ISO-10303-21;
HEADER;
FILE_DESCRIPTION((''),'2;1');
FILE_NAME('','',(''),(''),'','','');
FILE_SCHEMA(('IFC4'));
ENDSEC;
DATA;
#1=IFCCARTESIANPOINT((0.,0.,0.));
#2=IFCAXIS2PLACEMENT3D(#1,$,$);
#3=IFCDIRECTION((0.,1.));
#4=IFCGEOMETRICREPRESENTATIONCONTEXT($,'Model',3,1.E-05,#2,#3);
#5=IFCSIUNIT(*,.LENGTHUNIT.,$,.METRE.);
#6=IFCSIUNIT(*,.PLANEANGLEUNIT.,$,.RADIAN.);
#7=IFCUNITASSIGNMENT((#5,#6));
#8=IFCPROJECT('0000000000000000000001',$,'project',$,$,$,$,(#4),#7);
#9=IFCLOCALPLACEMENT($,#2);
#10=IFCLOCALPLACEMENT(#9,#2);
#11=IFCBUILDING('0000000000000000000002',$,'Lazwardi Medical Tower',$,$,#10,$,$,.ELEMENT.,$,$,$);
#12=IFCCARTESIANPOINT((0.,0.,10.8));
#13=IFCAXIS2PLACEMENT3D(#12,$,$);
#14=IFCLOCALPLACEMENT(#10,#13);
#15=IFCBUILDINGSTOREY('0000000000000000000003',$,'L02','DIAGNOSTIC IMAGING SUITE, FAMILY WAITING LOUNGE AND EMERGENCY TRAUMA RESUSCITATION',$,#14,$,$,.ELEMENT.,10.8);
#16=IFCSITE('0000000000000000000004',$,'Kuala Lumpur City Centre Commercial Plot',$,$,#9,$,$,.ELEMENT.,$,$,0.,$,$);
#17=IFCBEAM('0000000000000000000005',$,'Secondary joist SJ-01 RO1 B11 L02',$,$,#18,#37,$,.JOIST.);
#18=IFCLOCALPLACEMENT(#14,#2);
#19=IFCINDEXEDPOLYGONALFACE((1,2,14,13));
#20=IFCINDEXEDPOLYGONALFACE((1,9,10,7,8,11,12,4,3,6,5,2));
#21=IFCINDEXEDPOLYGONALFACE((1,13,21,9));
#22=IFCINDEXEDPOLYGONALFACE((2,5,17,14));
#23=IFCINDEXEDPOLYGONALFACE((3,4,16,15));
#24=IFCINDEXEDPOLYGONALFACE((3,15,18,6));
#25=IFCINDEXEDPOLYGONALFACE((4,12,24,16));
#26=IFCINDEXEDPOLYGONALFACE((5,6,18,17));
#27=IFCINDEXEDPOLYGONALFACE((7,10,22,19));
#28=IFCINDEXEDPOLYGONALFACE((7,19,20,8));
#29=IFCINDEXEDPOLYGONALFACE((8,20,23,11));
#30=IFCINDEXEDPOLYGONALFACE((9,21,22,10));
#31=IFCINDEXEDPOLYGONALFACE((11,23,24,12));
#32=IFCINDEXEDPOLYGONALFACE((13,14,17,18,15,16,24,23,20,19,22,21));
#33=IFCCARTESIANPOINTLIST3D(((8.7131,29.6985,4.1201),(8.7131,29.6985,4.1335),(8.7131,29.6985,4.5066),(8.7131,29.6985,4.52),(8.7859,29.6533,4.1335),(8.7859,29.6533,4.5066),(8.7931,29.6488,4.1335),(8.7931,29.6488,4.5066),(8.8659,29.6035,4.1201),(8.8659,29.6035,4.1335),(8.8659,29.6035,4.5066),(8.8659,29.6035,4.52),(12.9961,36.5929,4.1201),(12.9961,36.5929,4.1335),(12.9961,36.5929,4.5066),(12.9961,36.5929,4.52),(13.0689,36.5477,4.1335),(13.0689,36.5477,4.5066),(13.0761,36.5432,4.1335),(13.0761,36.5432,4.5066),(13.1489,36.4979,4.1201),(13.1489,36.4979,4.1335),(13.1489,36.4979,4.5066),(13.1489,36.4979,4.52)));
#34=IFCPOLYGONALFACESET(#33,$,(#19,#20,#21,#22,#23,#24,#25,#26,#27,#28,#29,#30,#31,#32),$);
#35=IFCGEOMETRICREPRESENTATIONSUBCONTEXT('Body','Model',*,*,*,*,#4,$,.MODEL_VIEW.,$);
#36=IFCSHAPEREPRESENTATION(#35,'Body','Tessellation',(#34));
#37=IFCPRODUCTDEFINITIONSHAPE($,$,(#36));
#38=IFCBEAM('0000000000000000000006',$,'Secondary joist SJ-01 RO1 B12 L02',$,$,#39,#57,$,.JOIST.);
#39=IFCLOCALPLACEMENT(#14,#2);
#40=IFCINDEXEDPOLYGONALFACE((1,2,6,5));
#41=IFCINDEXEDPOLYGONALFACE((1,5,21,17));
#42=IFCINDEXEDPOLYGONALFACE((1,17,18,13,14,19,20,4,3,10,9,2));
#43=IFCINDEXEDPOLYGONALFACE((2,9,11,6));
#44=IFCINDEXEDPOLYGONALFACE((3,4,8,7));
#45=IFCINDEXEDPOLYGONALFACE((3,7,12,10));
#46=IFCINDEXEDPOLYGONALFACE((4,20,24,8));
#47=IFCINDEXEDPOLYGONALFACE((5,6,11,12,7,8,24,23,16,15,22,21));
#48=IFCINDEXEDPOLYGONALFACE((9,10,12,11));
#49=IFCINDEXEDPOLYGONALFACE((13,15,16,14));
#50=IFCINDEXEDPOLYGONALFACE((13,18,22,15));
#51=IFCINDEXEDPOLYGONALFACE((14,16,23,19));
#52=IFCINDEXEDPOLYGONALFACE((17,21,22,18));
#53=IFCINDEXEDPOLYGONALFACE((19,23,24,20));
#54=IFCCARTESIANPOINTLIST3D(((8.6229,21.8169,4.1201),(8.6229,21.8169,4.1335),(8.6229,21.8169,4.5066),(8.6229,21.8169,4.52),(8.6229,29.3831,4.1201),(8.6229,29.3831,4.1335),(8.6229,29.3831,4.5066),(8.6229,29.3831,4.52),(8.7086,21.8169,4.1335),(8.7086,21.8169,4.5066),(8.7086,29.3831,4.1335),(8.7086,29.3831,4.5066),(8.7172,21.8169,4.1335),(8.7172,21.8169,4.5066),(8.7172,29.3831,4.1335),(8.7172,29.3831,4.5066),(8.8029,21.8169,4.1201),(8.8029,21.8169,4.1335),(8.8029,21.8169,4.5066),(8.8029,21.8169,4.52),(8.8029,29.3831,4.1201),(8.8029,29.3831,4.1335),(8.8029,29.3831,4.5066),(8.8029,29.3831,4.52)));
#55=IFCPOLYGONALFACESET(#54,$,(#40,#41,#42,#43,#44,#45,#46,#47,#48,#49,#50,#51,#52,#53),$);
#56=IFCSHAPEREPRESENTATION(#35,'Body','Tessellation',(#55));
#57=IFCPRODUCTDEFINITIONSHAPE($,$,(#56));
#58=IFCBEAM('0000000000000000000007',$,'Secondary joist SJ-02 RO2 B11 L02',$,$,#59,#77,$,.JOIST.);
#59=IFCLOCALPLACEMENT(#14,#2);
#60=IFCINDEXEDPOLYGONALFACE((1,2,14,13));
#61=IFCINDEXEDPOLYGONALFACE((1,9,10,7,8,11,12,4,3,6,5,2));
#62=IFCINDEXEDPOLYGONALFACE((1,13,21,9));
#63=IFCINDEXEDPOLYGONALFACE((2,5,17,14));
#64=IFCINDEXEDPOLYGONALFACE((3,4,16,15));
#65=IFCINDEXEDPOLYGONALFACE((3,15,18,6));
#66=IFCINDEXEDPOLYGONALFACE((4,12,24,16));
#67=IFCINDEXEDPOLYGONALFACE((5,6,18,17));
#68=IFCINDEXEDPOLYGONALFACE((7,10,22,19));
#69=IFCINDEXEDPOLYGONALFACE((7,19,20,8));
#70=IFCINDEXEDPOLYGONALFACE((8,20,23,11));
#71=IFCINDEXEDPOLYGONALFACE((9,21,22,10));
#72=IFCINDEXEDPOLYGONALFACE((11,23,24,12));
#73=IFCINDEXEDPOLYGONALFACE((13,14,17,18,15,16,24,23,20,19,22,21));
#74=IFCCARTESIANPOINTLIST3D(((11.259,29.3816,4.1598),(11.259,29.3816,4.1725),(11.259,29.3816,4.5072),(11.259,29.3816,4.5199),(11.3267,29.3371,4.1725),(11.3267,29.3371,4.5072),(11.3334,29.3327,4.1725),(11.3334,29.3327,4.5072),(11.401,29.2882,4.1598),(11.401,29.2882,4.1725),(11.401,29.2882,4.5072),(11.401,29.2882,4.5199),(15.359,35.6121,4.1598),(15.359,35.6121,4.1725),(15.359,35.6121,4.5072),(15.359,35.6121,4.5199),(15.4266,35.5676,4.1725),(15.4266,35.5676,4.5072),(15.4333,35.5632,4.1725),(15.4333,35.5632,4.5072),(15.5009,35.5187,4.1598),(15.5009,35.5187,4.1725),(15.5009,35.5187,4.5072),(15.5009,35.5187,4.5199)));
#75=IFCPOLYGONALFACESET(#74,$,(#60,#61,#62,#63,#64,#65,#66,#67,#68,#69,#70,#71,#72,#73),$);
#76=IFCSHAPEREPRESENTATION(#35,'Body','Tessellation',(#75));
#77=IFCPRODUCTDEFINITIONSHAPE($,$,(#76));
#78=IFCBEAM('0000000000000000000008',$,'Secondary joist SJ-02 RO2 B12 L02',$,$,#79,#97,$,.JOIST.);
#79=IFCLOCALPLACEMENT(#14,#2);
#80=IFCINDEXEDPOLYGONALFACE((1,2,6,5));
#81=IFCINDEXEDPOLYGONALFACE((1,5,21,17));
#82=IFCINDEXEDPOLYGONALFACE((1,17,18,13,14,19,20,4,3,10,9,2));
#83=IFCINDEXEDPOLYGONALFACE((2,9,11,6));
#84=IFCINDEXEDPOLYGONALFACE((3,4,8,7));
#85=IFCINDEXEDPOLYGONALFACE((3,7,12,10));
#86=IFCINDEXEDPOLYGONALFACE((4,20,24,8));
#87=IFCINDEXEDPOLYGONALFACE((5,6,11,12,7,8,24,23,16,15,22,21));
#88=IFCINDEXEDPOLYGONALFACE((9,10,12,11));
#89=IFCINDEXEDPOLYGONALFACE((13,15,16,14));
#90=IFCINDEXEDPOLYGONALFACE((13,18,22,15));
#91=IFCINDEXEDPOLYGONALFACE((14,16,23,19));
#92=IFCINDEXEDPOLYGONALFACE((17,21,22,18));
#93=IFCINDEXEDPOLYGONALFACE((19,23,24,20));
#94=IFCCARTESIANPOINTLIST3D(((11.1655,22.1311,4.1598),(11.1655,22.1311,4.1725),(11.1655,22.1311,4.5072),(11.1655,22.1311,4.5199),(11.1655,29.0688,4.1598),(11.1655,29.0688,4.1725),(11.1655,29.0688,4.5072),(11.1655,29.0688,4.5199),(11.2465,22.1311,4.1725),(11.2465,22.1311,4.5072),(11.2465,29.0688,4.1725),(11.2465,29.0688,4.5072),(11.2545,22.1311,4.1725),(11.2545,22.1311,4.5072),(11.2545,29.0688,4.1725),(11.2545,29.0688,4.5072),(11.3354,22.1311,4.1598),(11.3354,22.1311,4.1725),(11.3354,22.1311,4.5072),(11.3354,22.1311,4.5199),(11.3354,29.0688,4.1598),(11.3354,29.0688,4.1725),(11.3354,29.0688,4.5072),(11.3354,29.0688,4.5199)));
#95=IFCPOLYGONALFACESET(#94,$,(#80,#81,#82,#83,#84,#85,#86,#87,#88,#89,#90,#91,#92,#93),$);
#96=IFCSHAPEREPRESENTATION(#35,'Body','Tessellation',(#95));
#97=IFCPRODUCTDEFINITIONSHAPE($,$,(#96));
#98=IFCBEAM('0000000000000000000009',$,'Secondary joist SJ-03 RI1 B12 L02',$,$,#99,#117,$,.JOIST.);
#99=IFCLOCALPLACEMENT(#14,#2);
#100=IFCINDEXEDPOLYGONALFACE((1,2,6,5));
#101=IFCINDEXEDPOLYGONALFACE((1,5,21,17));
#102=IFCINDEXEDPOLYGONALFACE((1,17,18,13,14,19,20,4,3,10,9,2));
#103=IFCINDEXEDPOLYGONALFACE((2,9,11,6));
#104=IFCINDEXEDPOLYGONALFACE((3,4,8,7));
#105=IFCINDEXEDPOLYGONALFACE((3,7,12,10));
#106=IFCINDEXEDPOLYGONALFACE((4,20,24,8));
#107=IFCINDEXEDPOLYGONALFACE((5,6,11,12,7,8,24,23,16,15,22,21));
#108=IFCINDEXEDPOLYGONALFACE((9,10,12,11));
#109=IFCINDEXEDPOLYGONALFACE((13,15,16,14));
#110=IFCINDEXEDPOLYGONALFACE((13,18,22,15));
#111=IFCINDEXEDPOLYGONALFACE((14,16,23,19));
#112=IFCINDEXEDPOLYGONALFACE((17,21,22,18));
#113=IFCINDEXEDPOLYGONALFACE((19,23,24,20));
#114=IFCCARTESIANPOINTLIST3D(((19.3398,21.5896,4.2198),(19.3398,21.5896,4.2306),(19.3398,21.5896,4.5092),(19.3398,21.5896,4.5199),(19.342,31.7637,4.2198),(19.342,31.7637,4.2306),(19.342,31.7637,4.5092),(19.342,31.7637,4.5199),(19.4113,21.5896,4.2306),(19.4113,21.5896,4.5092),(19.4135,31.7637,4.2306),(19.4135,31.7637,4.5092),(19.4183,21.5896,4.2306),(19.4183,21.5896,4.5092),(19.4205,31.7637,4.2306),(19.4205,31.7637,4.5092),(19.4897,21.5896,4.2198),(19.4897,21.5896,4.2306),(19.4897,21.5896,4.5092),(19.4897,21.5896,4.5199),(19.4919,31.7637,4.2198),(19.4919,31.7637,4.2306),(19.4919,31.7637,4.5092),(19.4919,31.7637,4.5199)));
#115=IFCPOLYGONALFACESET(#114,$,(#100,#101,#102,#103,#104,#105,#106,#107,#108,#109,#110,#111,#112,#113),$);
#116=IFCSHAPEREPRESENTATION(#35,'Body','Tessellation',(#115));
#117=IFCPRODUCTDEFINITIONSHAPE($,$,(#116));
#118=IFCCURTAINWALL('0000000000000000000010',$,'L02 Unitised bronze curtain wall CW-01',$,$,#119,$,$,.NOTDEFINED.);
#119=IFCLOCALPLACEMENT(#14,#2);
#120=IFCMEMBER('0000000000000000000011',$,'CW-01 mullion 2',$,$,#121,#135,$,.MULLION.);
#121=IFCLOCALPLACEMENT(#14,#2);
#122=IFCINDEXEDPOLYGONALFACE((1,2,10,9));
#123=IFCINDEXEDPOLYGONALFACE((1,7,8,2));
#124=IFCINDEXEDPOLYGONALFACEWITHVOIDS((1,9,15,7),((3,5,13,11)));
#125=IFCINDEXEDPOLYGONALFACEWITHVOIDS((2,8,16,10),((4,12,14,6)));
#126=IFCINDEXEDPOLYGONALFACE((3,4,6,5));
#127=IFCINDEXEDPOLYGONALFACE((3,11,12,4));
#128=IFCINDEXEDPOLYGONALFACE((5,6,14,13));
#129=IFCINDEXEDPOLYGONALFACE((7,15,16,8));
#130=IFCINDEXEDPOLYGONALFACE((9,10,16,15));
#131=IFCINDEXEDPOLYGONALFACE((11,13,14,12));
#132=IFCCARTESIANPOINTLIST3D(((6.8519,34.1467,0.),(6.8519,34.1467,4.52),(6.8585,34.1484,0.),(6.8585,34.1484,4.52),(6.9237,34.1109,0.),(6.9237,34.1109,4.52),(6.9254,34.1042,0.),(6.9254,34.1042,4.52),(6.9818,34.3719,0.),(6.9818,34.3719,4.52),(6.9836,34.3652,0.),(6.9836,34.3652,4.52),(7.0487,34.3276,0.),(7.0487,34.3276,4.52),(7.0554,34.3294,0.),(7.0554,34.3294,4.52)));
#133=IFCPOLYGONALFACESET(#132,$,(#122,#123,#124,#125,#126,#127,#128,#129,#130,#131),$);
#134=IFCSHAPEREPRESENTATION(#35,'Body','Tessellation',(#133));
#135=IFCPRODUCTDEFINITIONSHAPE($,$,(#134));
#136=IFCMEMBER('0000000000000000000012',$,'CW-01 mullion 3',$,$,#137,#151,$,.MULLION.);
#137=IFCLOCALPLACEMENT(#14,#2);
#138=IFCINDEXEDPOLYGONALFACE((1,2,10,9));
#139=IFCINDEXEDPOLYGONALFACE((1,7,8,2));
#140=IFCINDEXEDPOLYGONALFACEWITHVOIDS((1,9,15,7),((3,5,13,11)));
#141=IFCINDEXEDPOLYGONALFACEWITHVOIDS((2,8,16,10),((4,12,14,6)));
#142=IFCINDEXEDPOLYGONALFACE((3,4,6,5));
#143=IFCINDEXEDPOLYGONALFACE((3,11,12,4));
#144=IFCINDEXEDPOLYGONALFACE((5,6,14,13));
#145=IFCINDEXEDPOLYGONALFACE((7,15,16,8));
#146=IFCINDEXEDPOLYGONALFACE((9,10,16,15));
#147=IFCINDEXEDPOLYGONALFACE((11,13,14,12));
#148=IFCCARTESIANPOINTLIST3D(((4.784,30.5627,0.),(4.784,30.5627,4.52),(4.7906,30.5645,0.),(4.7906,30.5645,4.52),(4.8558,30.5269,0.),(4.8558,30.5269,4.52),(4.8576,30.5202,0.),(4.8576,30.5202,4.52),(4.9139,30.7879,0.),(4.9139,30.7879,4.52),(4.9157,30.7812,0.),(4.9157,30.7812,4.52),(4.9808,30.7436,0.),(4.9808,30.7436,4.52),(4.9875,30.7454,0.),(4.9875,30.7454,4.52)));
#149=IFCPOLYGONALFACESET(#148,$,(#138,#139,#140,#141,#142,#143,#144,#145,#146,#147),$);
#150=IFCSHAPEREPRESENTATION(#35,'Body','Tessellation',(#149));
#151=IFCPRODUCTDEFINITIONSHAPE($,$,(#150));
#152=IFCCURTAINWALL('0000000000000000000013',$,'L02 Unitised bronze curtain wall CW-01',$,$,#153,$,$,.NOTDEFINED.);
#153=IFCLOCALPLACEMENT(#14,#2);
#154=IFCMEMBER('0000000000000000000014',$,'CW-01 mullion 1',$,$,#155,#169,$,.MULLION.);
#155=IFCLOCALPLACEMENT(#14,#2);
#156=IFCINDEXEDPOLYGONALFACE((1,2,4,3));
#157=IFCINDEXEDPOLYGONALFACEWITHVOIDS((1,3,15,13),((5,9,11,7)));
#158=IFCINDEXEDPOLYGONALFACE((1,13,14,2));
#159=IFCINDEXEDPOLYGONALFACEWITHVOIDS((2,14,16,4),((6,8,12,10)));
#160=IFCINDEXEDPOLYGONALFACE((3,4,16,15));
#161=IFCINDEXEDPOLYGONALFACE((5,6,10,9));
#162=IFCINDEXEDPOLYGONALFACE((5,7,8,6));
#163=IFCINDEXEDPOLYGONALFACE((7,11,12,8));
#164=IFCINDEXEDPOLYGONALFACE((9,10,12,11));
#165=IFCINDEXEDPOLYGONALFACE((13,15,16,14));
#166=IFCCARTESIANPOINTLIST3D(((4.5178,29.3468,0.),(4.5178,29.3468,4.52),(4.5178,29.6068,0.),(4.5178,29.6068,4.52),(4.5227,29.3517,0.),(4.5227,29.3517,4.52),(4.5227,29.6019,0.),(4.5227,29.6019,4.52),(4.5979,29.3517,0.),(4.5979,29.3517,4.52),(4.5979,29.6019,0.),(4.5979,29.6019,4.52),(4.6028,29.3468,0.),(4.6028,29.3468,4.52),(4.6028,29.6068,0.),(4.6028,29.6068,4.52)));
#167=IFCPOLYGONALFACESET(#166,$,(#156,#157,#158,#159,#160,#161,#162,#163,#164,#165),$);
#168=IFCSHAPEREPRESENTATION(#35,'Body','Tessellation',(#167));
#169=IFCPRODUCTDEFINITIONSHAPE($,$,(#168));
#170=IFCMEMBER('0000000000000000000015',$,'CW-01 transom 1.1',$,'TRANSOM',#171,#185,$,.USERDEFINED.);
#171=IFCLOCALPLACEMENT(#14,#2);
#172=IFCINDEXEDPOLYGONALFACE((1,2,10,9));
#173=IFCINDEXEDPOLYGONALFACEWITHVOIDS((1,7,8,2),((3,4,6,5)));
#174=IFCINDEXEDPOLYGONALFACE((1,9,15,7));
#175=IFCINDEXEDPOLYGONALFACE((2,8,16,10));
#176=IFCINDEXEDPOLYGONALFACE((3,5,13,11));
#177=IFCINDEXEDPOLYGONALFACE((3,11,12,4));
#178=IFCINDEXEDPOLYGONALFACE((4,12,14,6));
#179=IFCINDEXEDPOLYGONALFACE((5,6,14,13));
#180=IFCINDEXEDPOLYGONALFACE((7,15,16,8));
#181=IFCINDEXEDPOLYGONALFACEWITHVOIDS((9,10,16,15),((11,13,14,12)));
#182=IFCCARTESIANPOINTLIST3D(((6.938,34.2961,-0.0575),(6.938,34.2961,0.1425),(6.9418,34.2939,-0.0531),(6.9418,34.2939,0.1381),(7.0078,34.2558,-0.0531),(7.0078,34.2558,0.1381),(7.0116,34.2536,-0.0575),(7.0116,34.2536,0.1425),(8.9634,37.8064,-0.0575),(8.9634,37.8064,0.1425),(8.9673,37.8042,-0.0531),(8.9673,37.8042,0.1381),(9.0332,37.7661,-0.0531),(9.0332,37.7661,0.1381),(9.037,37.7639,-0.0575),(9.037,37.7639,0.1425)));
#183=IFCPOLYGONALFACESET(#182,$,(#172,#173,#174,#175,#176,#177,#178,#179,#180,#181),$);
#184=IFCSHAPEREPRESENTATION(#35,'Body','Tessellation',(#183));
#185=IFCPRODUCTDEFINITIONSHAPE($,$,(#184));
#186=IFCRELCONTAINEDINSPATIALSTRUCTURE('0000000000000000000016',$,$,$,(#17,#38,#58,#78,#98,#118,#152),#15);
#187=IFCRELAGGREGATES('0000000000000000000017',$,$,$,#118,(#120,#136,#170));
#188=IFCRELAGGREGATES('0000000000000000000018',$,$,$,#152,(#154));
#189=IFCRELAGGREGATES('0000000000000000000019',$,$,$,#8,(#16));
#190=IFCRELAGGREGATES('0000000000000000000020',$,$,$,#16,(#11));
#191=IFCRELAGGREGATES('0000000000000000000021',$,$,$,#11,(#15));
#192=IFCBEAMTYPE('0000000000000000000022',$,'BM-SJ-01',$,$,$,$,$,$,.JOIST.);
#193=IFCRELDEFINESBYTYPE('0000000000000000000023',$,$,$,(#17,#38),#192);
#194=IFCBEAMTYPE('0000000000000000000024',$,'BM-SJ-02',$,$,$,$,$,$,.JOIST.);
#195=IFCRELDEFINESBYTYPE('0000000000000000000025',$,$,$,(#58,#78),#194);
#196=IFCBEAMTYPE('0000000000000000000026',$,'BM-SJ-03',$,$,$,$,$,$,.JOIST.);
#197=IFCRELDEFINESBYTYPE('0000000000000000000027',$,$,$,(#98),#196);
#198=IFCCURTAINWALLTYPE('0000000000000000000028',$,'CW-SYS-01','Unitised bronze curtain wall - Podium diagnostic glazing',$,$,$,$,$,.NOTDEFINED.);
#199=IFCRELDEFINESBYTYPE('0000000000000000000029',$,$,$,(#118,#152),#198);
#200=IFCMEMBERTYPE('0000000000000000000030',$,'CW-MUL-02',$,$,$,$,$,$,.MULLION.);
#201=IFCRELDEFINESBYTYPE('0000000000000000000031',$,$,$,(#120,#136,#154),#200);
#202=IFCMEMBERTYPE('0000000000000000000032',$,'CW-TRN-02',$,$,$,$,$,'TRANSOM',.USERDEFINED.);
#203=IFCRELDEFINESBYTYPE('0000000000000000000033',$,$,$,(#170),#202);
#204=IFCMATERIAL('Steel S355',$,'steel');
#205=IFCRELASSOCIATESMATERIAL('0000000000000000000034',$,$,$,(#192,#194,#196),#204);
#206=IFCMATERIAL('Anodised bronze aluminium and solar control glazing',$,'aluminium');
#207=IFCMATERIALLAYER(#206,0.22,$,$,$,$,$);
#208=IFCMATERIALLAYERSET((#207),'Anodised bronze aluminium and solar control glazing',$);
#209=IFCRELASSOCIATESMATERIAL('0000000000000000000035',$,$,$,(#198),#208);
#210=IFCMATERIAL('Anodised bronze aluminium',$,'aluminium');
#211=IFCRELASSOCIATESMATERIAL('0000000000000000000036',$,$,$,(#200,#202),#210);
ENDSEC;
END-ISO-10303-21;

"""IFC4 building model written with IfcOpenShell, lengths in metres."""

from ifc_helpers import new_model, si_unit, direction, frame, origin, origin_2d, place, context, subcontext, project, spatial, hollow_rectangle, i_section, extrude, material, layer, layer_set, material_profile, profile_set, type_object, element, aggregate, save


model = new_model("IFC4")

# Units and contexts
model_context = context("Model", 3, precision=1e-05, world=origin(), true_north=direction((0.0, 1.0)))
body_context = subcontext(model_context, "Body", "Model", "MODEL_VIEW")
ifc_project = project(units=[si_unit("LENGTHUNIT", "METRE"), si_unit("PLANEANGLEUNIT", "RADIAN")], contexts=[model_context])

# Site, building, storey
site_placement = place(None, origin())
site = spatial("IfcSite", under=ifc_project, at=site_placement, Name="Kuala Lumpur City Centre Commercial Plot", CompositionType="ELEMENT", RefElevation=0.0)
building_placement = place(site_placement, origin())
building = spatial("IfcBuilding", under=site, at=building_placement, Name="Lazwardi Medical Tower", CompositionType="ELEMENT")
storey_placement = place(building_placement, frame((0.0, 0.0, 10.8)))
storey = spatial("IfcBuildingStorey", under=building, at=storey_placement, Name="L02", Description="DIAGNOSTIC IMAGING SUITE, FAMILY WAITING LOUNGE AND EMERGENCY TRAUMA RESUSCITATION", CompositionType="ELEMENT", Elevation=10.8)

# Beams
ifc_material_1 = material(Name="Steel S355", Category="steel")
ifc_material_profile_1 = material_profile(ifc_material_1, i_section(OverallWidth=0.1799, OverallDepth=0.3999, WebThickness=0.0085, FlangeThickness=0.0134, at=origin_2d()), Name="IPE 400")
ifc_profile_set_1 = profile_set([ifc_material_profile_1], Name="Steel S355")
beam_type_1 = type_object("IfcBeamType", Name="BM-SJ-01", PredefinedType="JOIST", material=ifc_profile_set_1)
beam_1_placement = place(storey_placement, frame((13.0725, 36.5454, 4.3201), z_axis=(-0.527696, -0.849433, 0.0), x_axis=(0.849433, -0.527696, 0.0)))
element("IfcBeam", 1, at=beam_1_placement, inside=storey, type_object=beam_type_1, Name="Secondary joist SJ-01 RO1 B11 L02", PredefinedType="JOIST", context=body_context, shape_type="SweptSolid", body=[
    extrude(i_section(OverallWidth=0.1799, OverallDepth=0.3999, WebThickness=0.0085, FlangeThickness=0.0134, at=origin_2d()), origin(), (0.0, 0.0, 1.0), 8.1165),
])
beam_2_placement = place(storey_placement, frame((8.7129, 29.3831, 4.3201), z_axis=(0.0, -1.0, 0.0), x_axis=(1.0, 0.0, 0.0)))
element("IfcBeam", 2, at=beam_2_placement, inside=storey, type_object=beam_type_1, Name="Secondary joist SJ-01 RO1 B12 L02", PredefinedType="JOIST", context=body_context, shape_type="SweptSolid", body=[
    extrude(i_section(OverallWidth=0.1799, OverallDepth=0.3999, WebThickness=0.0085, FlangeThickness=0.0134, at=origin_2d()), origin(), (0.0, 0.0, 1.0), 7.5662),
])
ifc_material_profile_2 = material_profile(ifc_material_1, i_section(OverallWidth=0.1699, OverallDepth=0.3601, WebThickness=0.0081, FlangeThickness=0.0127, at=origin_2d()), Name="IPE 360")
ifc_profile_set_2 = profile_set([ifc_material_profile_2], Name="Steel S355")
beam_type_2 = type_object("IfcBeamType", Name="BM-SJ-02", PredefinedType="JOIST", material=ifc_profile_set_2)
beam_3_placement = place(storey_placement, frame((15.4299, 35.5654, 4.3398), z_axis=(-0.549697, -0.835364, 0.0), x_axis=(0.835364, -0.549697, 0.0)))
element("IfcBeam", 3, at=beam_3_placement, inside=storey, type_object=beam_type_2, Name="Secondary joist SJ-02 RO2 B11 L02", PredefinedType="JOIST", context=body_context, shape_type="SweptSolid", body=[
    extrude(i_section(OverallWidth=0.1699, OverallDepth=0.3601, WebThickness=0.0081, FlangeThickness=0.0127, at=origin_2d()), origin(), (0.0, 0.0, 1.0), 7.4585),
])
beam_4_placement = place(storey_placement, frame((11.2505, 29.0688, 4.3398), z_axis=(0.0, -1.0, 0.0), x_axis=(1.0, 0.0, 0.0)))
element("IfcBeam", 4, at=beam_4_placement, inside=storey, type_object=beam_type_2, Name="Secondary joist SJ-02 RO2 B12 L02", PredefinedType="JOIST", context=body_context, shape_type="SweptSolid", body=[
    extrude(i_section(OverallWidth=0.1699, OverallDepth=0.3601, WebThickness=0.0081, FlangeThickness=0.0127, at=origin_2d()), origin(), (0.0, 0.0, 1.0), 6.9377),
])
ifc_material_profile_3 = material_profile(ifc_material_1, i_section(OverallWidth=0.1499, OverallDepth=0.3, WebThickness=0.0071, FlangeThickness=0.0107, at=origin_2d()), Name="IPE 300")
ifc_profile_set_3 = profile_set([ifc_material_profile_3], Name="Steel S355")
beam_type_3 = type_object("IfcBeamType", Name="BM-SJ-03", PredefinedType="JOIST", material=ifc_profile_set_3)
beam_5_placement = place(storey_placement, frame((19.417, 31.7637, 4.3699), z_axis=(-0.000216, -1.0, 0.0), x_axis=(1.0, -0.000216, 0.0)))
element("IfcBeam", 5, at=beam_5_placement, inside=storey, type_object=beam_type_3, Name="Secondary joist SJ-03 RI1 B12 L02", PredefinedType="JOIST", context=body_context, shape_type="SweptSolid", body=[
    extrude(i_section(OverallWidth=0.1499, OverallDepth=0.3, WebThickness=0.0071, FlangeThickness=0.0107, at=origin_2d()), origin(), (0.0, 0.0, 1.0), 10.1741),
])

# Curtain wall, members
ifc_material_2 = material(Name="Anodised bronze aluminium and solar control glazing", Category="aluminium")
ifc_layer_1 = layer(ifc_material_2, 0.22)
ifc_layer_set_1 = layer_set([ifc_layer_1], Name="Anodised bronze aluminium and solar control glazing")
curtain_wall_type = type_object("IfcCurtainWallType", Name="CW-SYS-01", Description="Unitised bronze curtain wall - Podium diagnostic glazing", PredefinedType="NOTDEFINED", material=ifc_layer_set_1)
curtain_wall_1_placement = place(storey_placement, origin())
curtain_wall_1 = element("IfcCurtainWall", 6, at=curtain_wall_1_placement, inside=storey, type_object=curtain_wall_type, Name="L02 Unitised bronze curtain wall CW-01", PredefinedType="NOTDEFINED")
ifc_material_3 = material(Name="Anodised bronze aluminium", Category="aluminium")
ifc_material_profile_4 = material_profile(ifc_material_3, hollow_rectangle(XDim=0.085, YDim=0.26, WallThickness=0.0049, at=origin_2d()), Name="ALU-MULLION 260x85x5")
ifc_profile_set_4 = profile_set([ifc_material_profile_4], Name="Anodised bronze aluminium")
member_type_1 = type_object("IfcMemberType", Name="CW-MUL-02", PredefinedType="MULLION", material=ifc_profile_set_4)
member_1_placement = place(storey_placement, frame((6.9536, 34.238, 0.0), z_axis=(0.0, 0.0, 1.0), x_axis=(0.866181, -0.499731, 0.0)))
member_1 = element("IfcMember", 7, at=member_1_placement, type_object=member_type_1, Name="CW-01 mullion 2", PredefinedType="MULLION", context=body_context, shape_type="SweptSolid", body=[
    extrude(hollow_rectangle(XDim=0.085, YDim=0.26, WallThickness=0.0049, at=origin_2d()), origin(), (0.0, 0.0, 1.0), 4.52),
])
member_2_placement = place(storey_placement, frame((4.8857, 30.6541, 0.0), z_axis=(0.0, 0.0, 1.0), x_axis=(0.866181, -0.499731, 0.0)))
member_2 = element("IfcMember", 8, at=member_2_placement, type_object=member_type_1, Name="CW-01 mullion 3", PredefinedType="MULLION", context=body_context, shape_type="SweptSolid", body=[
    extrude(hollow_rectangle(XDim=0.085, YDim=0.26, WallThickness=0.0049, at=origin_2d()), origin(), (0.0, 0.0, 1.0), 4.52),
])

# Curtain wall, member
curtain_wall_2_placement = place(storey_placement, origin())
curtain_wall_2 = element("IfcCurtainWall", 9, at=curtain_wall_2_placement, inside=storey, type_object=curtain_wall_type, Name="L02 Unitised bronze curtain wall CW-01", PredefinedType="NOTDEFINED")
member_3_placement = place(storey_placement, frame((4.5603, 29.4768, 0.0), z_axis=(0.0, 0.0, 1.0), x_axis=(1.0, 0.0, 0.0)))
member_3 = element("IfcMember", 10, at=member_3_placement, type_object=member_type_1, Name="CW-01 mullion 1", PredefinedType="MULLION", context=body_context, shape_type="SweptSolid", body=[
    extrude(hollow_rectangle(XDim=0.085, YDim=0.26, WallThickness=0.0049, at=origin_2d()), origin(), (0.0, 0.0, 1.0), 4.52),
])

# Member
ifc_material_profile_5 = material_profile(ifc_material_3, hollow_rectangle(XDim=0.085, YDim=0.2, WallThickness=0.0044, at=origin_2d()), Name="ALU-TRANSOM 200x85x4.5")
ifc_profile_set_5 = profile_set([ifc_material_profile_5], Name="Anodised bronze aluminium")
member_type_2 = type_object("IfcMemberType", Name="CW-TRN-02", ElementType="TRANSOM", PredefinedType="USERDEFINED", material=ifc_profile_set_5)
member_4_placement = place(storey_placement, frame((9.0002, 37.7852, 0.0425), z_axis=(-0.499768, -0.86616, 0.0), x_axis=(0.86616, -0.499768, 0.0)))
member_4 = element("IfcMember", 11, at=member_4_placement, type_object=member_type_2, Name="CW-01 transom 1.1", ObjectType="TRANSOM", PredefinedType="USERDEFINED", context=body_context, shape_type="SweptSolid", body=[
    extrude(hollow_rectangle(XDim=0.085, YDim=0.2, WallThickness=0.0044, at=origin_2d()), origin(), (0.0, 0.0, 1.0), 4.0527),
])

aggregate(curtain_wall_1, [member_1, member_2, member_4])
aggregate(curtain_wall_2, [member_3])

save(model, "model.ifc")
